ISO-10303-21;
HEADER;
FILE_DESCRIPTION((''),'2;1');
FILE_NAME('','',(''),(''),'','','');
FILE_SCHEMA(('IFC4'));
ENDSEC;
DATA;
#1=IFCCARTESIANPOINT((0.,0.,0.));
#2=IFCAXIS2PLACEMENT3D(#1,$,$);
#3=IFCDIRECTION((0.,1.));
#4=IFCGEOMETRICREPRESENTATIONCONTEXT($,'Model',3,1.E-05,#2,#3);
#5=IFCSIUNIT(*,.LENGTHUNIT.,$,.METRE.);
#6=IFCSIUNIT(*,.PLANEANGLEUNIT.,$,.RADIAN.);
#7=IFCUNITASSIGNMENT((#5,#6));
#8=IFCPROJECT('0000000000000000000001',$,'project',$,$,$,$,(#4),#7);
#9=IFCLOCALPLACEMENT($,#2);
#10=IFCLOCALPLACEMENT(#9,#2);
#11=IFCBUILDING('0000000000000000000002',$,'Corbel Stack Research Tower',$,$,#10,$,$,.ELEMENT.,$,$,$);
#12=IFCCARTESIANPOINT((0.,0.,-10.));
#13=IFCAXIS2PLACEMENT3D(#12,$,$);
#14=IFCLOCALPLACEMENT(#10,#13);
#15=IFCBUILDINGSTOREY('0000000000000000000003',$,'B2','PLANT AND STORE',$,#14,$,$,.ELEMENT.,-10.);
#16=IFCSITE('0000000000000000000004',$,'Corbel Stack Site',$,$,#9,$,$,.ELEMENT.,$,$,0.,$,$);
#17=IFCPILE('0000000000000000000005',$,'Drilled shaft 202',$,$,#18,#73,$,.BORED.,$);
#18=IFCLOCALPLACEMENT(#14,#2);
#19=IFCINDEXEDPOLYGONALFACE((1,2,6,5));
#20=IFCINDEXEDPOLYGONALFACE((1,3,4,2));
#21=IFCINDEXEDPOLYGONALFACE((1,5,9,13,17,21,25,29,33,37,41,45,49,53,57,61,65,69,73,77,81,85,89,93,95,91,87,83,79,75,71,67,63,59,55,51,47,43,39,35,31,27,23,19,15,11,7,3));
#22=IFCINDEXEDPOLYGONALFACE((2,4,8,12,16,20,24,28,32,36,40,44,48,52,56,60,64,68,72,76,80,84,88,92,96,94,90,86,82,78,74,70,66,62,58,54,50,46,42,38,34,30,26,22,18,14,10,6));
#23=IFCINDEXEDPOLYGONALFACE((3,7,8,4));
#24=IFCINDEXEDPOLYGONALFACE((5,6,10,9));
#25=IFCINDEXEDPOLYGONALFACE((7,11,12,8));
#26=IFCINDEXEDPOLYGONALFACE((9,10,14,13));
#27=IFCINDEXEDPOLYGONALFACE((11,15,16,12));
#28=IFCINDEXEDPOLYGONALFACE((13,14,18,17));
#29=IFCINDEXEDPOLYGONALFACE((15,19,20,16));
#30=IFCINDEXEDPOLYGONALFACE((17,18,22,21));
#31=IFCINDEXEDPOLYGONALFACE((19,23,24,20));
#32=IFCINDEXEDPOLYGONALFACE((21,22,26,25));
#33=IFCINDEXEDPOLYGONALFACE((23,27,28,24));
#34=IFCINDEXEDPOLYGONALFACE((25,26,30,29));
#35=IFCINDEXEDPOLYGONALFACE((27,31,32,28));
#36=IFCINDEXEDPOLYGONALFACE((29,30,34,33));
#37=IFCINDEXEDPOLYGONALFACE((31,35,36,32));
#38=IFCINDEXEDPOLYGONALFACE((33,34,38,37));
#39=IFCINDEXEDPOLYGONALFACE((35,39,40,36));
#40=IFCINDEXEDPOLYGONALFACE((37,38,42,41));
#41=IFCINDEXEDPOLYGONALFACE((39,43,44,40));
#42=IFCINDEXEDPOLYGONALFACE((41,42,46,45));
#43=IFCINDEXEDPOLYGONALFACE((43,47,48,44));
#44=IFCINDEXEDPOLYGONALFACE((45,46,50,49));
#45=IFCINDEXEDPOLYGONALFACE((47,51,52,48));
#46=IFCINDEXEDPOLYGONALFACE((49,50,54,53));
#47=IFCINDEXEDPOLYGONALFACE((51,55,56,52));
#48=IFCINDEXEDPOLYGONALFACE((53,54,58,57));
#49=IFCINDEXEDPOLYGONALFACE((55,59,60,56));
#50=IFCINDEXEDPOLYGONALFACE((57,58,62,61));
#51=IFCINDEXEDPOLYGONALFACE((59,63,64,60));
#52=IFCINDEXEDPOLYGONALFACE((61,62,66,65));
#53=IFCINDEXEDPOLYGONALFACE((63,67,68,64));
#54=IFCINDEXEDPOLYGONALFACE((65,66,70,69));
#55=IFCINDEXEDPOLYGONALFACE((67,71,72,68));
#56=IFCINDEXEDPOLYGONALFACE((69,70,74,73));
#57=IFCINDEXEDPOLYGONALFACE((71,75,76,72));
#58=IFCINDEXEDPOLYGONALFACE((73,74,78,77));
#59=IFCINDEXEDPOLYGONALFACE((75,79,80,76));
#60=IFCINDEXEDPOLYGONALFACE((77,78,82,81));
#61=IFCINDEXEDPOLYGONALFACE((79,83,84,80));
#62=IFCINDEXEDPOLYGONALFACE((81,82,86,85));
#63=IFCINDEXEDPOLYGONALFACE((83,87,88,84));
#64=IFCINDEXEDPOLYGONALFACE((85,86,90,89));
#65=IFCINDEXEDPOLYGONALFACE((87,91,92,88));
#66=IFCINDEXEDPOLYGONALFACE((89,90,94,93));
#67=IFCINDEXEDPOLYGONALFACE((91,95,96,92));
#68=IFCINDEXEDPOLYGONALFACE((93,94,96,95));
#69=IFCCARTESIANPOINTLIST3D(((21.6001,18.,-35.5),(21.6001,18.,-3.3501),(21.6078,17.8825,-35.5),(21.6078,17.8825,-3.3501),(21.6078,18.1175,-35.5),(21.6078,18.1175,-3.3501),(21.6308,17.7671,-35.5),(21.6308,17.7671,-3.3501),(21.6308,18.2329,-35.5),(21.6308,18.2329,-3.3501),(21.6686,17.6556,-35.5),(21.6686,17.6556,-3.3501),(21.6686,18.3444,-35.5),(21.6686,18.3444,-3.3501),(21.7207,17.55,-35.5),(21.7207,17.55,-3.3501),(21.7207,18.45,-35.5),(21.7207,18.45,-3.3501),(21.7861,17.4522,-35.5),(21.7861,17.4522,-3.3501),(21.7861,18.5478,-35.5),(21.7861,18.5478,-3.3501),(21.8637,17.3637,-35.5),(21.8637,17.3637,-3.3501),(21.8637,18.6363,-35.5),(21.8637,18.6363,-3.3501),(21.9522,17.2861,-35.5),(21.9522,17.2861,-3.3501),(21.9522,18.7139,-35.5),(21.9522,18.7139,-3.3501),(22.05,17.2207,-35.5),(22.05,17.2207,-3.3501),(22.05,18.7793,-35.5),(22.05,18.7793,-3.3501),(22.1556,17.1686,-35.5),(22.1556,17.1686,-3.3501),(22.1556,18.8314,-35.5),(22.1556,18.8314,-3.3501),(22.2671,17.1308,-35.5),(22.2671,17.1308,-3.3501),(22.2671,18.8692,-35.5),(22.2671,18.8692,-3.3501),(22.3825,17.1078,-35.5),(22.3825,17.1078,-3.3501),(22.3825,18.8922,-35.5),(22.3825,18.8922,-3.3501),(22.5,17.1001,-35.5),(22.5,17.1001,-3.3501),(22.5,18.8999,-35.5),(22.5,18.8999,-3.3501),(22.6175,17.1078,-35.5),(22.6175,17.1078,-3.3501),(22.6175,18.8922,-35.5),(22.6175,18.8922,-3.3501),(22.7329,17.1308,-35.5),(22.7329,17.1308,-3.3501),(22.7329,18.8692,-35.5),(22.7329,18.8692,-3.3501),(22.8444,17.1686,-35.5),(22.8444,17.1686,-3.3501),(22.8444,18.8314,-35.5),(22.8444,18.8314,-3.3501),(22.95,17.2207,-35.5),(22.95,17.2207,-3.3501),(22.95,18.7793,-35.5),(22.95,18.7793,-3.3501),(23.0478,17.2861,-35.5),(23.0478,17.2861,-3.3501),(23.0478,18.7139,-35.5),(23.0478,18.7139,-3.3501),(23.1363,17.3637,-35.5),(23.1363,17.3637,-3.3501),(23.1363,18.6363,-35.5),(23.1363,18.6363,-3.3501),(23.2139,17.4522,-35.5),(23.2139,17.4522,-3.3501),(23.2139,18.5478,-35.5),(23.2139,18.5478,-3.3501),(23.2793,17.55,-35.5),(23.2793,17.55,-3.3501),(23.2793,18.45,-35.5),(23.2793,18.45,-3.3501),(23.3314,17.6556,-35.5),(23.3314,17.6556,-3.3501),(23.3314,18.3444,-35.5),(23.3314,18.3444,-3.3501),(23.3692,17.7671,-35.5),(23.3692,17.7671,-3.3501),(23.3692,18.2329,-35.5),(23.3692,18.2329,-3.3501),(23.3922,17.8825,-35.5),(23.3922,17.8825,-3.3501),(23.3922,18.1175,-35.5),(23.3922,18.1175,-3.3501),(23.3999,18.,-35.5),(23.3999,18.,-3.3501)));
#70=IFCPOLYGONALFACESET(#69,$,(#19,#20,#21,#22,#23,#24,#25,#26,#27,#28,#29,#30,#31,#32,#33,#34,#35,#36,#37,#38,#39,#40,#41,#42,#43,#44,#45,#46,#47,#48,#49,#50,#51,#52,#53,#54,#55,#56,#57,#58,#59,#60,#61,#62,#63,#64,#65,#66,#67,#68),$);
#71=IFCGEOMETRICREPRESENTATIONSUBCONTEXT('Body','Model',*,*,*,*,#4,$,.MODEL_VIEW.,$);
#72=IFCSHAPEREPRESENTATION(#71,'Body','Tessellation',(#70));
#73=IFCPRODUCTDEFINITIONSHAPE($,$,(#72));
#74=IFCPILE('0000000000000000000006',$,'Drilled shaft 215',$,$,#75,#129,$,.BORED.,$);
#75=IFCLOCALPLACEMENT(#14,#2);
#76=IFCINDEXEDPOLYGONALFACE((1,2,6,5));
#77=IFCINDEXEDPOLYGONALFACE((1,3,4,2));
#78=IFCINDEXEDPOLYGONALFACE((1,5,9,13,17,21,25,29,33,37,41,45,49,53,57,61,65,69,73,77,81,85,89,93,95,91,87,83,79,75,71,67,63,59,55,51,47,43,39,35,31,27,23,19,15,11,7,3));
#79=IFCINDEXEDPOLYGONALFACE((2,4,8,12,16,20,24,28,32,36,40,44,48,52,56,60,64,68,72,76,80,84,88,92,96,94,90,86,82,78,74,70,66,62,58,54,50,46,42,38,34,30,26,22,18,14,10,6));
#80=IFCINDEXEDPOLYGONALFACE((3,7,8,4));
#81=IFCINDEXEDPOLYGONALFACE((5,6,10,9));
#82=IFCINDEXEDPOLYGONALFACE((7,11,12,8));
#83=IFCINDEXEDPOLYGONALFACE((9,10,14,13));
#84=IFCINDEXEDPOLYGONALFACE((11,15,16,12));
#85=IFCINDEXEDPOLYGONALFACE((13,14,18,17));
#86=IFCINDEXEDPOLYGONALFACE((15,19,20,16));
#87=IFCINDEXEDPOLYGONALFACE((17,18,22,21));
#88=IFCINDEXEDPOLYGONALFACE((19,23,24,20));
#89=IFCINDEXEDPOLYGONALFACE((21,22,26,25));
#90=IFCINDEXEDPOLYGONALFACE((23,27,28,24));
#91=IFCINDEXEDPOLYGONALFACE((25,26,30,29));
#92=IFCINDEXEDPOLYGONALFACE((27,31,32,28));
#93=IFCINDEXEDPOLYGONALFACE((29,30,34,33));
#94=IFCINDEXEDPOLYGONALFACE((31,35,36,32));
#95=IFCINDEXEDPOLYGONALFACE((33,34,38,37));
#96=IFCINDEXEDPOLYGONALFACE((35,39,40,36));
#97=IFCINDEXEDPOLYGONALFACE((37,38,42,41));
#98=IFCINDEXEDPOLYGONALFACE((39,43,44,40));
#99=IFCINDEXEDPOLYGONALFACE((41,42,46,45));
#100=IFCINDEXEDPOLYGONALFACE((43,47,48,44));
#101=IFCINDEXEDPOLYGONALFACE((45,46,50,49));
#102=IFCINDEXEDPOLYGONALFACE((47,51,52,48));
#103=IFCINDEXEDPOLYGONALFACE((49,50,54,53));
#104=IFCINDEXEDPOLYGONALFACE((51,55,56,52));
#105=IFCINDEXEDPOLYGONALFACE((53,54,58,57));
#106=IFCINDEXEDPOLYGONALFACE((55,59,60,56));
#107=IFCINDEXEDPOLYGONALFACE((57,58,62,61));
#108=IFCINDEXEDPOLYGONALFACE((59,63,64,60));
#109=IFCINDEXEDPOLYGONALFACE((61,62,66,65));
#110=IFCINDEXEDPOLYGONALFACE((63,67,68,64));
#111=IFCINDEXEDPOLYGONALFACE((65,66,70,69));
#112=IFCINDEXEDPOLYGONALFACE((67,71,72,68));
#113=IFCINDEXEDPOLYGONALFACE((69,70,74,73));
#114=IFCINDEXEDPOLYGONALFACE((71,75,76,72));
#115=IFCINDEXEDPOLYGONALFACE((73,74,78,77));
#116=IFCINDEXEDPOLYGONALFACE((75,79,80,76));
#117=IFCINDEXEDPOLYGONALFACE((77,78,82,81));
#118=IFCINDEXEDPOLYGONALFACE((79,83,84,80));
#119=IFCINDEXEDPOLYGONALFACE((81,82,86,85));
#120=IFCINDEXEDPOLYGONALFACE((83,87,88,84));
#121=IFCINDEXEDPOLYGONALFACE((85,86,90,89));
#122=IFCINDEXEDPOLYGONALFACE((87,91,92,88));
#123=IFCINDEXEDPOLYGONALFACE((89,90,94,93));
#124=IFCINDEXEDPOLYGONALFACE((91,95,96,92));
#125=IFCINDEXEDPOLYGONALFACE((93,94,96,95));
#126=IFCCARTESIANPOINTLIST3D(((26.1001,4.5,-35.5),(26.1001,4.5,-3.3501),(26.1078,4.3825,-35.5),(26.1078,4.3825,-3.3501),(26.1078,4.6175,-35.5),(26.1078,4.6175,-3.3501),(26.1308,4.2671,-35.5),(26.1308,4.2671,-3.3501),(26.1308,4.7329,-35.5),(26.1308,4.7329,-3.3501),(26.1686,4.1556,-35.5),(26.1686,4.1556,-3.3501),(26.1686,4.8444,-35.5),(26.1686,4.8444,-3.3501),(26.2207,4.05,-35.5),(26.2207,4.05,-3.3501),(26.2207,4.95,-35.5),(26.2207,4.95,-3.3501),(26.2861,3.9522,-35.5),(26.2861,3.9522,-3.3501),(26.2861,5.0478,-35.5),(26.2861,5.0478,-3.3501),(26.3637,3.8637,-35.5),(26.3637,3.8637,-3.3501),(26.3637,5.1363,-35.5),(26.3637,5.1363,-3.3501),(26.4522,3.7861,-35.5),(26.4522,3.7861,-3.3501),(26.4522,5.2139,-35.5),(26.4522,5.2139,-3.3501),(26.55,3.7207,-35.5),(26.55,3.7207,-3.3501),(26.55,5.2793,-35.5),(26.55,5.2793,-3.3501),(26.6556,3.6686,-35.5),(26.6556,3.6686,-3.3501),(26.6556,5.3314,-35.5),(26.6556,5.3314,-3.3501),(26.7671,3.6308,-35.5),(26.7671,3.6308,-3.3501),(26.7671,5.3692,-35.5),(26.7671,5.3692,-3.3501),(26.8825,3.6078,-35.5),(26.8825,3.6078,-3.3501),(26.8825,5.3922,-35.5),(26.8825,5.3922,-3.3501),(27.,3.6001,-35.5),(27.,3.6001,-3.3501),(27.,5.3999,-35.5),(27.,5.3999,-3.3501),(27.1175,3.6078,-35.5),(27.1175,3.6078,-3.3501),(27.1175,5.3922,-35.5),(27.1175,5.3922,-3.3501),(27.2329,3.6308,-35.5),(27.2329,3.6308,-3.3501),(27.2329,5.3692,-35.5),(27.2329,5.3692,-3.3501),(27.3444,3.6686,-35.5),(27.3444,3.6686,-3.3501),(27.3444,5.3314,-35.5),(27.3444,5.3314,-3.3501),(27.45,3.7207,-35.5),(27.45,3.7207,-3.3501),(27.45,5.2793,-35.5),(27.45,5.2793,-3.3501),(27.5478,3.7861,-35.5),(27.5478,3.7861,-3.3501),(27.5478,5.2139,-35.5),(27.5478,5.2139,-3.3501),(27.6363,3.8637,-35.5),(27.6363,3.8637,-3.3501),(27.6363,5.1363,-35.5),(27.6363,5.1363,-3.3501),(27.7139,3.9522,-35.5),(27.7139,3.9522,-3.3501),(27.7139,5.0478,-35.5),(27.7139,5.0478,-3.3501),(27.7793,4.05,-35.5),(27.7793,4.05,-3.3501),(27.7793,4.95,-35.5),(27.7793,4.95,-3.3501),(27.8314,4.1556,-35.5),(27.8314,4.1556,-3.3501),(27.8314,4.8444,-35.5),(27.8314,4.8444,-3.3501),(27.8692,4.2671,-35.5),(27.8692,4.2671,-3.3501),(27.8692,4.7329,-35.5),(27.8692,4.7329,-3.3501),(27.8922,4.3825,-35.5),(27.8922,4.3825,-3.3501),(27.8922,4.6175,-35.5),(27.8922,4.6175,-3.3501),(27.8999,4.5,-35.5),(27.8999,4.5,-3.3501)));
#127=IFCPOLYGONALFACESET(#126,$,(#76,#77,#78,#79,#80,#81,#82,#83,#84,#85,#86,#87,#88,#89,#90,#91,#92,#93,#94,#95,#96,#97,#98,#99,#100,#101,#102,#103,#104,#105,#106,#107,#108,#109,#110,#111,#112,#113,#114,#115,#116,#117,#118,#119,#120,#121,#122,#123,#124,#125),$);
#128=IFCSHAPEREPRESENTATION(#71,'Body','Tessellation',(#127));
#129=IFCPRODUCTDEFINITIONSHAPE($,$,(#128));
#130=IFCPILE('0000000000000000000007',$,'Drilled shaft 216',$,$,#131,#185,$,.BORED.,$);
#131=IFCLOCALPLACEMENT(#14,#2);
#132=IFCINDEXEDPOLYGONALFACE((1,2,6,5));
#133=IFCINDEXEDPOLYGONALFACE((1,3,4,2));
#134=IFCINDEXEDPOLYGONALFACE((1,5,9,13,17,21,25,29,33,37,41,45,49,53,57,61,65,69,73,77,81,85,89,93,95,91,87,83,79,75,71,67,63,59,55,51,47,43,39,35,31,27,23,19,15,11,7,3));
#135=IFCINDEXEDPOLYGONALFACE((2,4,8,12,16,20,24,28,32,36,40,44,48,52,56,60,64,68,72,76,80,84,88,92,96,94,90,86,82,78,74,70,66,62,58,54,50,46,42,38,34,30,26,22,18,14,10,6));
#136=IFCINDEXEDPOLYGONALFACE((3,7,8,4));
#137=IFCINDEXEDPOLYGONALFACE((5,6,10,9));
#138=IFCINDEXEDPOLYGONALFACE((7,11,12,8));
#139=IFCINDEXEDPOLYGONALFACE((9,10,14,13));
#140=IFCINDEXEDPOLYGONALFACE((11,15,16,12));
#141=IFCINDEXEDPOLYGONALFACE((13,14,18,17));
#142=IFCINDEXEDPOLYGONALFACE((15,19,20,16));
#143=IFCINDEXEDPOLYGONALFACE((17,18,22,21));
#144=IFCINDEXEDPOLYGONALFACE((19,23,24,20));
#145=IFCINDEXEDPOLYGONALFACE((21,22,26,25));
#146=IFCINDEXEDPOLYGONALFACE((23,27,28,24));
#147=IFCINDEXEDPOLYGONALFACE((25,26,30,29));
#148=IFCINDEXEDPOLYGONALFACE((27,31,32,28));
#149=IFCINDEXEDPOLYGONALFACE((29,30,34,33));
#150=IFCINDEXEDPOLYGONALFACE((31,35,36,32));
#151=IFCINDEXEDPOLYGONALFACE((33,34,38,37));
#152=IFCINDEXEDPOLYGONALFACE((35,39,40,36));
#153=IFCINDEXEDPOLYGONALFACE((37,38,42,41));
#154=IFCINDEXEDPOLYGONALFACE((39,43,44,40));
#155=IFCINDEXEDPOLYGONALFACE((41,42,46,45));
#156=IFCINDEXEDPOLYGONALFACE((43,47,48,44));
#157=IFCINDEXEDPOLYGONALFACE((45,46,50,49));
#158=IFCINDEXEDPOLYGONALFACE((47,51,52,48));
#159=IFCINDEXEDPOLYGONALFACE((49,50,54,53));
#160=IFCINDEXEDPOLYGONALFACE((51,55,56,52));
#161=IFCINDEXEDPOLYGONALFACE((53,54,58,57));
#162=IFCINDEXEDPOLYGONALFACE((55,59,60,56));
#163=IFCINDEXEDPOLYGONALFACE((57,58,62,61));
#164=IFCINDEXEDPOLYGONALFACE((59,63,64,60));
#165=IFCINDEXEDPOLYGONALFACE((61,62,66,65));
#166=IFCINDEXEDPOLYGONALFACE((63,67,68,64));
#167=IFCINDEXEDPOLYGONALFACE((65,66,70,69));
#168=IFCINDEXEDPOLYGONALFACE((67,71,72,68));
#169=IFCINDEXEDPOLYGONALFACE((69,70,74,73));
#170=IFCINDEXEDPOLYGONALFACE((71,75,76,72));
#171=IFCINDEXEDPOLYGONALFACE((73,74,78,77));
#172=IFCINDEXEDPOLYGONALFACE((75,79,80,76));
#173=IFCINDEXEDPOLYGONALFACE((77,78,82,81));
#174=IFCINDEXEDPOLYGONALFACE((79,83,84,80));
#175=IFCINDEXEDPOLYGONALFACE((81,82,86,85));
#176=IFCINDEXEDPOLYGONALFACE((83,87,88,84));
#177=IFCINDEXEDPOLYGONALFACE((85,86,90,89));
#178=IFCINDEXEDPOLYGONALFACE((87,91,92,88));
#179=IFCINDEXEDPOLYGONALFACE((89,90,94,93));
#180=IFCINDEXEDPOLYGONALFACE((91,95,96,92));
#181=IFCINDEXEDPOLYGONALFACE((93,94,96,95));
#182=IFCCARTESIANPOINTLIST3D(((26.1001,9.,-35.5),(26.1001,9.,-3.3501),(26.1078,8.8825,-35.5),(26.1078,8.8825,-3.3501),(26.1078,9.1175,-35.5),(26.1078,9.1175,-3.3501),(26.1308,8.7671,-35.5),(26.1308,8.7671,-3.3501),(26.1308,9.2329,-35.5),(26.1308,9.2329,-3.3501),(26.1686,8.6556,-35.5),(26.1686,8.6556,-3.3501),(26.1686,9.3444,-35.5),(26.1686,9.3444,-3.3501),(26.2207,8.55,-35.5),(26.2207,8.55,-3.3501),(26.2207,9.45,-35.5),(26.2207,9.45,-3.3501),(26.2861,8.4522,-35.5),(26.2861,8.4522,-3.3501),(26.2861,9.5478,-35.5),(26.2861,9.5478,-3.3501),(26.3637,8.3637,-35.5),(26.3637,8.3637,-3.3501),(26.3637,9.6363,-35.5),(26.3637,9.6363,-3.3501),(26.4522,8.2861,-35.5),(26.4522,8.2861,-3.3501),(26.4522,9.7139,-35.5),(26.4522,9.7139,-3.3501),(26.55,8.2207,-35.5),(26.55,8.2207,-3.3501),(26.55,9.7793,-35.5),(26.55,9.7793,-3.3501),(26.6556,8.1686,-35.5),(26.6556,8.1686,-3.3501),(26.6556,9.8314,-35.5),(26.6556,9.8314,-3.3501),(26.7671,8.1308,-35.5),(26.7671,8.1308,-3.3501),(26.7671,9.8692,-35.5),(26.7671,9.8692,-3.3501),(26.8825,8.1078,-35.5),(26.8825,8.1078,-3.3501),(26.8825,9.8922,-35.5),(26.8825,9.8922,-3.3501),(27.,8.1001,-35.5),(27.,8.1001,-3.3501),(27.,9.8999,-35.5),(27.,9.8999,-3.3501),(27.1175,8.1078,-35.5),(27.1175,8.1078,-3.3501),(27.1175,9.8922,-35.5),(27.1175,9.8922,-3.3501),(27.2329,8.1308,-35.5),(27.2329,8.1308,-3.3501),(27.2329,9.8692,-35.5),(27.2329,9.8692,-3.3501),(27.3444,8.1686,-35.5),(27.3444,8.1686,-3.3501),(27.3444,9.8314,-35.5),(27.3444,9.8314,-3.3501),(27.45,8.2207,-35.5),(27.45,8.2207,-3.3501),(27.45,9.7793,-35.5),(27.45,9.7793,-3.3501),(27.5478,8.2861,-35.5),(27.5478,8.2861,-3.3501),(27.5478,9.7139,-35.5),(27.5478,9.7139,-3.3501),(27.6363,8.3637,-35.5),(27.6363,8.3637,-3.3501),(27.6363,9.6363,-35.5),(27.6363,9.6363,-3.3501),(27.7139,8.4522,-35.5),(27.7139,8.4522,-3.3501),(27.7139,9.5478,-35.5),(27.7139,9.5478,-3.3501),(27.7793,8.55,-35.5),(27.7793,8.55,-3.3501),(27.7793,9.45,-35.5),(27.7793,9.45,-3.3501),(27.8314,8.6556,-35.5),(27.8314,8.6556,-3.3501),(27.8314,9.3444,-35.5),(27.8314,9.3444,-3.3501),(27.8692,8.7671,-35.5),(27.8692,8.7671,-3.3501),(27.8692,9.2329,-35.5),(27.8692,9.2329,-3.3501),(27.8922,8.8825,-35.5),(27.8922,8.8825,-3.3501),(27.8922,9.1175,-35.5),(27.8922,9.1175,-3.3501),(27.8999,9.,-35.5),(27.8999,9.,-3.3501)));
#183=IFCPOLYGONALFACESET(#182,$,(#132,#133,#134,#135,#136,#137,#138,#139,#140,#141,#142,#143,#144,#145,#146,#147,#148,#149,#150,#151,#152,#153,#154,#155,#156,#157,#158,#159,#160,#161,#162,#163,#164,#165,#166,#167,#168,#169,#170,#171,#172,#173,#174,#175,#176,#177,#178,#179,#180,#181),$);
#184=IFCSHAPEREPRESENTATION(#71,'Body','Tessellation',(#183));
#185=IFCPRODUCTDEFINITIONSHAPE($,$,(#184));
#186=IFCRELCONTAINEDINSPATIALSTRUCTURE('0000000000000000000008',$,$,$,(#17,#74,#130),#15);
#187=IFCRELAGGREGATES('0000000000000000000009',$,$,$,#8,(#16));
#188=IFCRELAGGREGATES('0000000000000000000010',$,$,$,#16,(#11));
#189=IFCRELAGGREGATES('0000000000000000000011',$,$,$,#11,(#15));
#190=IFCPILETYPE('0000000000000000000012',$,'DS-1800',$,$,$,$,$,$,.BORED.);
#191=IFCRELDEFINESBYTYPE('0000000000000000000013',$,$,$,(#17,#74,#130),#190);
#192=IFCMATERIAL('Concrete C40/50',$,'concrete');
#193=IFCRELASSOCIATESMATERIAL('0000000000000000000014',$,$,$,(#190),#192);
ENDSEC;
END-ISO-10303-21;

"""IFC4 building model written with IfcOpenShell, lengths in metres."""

from ifc_helpers import new_model, si_unit, direction, frame, origin, origin_2d, place, context, subcontext, project, spatial, circle, extrude, material, material_profile, profile_set, type_object, element, save


model = new_model("IFC4")

# Units and contexts
model_context = context("Model", 3, precision=1e-05, world=origin(), true_north=direction((0.0, 1.0)))
body_context = subcontext(model_context, "Body", "Model", "MODEL_VIEW")
ifc_project = project(units=[si_unit("LENGTHUNIT", "METRE"), si_unit("PLANEANGLEUNIT", "RADIAN")], contexts=[model_context])

# Site, building, storey
site_placement = place(None, origin())
site = spatial("IfcSite", under=ifc_project, at=site_placement, Name="Corbel Stack Site", CompositionType="ELEMENT", RefElevation=0.0)
building_placement = place(site_placement, origin())
building = spatial("IfcBuilding", under=site, at=building_placement, Name="Corbel Stack Research Tower", CompositionType="ELEMENT")
storey_placement = place(building_placement, frame((0.0, 0.0, -10.0)))
storey = spatial("IfcBuildingStorey", under=building, at=storey_placement, Name="B2", Description="PLANT AND STORE", CompositionType="ELEMENT", Elevation=-10.0)

# Piles
ifc_material_1 = material(Name="Concrete C40/50", Category="concrete")
ifc_material_profile_1 = material_profile(ifc_material_1, circle(Radius=0.8999, at=origin_2d()), Name="Shaft 1800")
ifc_profile_set_1 = profile_set([ifc_material_profile_1], Name="Concrete C40/50")
pile_type = type_object("IfcPileType", Name="DS-1800", PredefinedType="BORED", material=ifc_profile_set_1)
for number, where, z_axis, x_axis, name in (
    (1, (22.5, 18.0, -3.3501), (0.0, 0.0, -1.0), (1.0, 0.0, 0.0), "Drilled shaft 202"),
    (2, (27.0, 4.5, -3.3501), (0.0, 0.0, -1.0), (1.0, 0.0, 0.0), "Drilled shaft 215"),
    (3, (27.0, 9.0, -3.3501), (0.0, 0.0, -1.0), (1.0, 0.0, 0.0), "Drilled shaft 216"),
):
    element("IfcPile", number, at=place(storey_placement, frame(where, z_axis=z_axis, x_axis=x_axis)), inside=storey, type_object=pile_type, Name=name, PredefinedType="BORED", context=body_context, shape_type="SweptSolid", body=[
        extrude(circle(Radius=0.8999, at=origin_2d()), origin(), (0.0, 0.0, 1.0), 32.1499),
    ])

save(model, "model.ifc")
